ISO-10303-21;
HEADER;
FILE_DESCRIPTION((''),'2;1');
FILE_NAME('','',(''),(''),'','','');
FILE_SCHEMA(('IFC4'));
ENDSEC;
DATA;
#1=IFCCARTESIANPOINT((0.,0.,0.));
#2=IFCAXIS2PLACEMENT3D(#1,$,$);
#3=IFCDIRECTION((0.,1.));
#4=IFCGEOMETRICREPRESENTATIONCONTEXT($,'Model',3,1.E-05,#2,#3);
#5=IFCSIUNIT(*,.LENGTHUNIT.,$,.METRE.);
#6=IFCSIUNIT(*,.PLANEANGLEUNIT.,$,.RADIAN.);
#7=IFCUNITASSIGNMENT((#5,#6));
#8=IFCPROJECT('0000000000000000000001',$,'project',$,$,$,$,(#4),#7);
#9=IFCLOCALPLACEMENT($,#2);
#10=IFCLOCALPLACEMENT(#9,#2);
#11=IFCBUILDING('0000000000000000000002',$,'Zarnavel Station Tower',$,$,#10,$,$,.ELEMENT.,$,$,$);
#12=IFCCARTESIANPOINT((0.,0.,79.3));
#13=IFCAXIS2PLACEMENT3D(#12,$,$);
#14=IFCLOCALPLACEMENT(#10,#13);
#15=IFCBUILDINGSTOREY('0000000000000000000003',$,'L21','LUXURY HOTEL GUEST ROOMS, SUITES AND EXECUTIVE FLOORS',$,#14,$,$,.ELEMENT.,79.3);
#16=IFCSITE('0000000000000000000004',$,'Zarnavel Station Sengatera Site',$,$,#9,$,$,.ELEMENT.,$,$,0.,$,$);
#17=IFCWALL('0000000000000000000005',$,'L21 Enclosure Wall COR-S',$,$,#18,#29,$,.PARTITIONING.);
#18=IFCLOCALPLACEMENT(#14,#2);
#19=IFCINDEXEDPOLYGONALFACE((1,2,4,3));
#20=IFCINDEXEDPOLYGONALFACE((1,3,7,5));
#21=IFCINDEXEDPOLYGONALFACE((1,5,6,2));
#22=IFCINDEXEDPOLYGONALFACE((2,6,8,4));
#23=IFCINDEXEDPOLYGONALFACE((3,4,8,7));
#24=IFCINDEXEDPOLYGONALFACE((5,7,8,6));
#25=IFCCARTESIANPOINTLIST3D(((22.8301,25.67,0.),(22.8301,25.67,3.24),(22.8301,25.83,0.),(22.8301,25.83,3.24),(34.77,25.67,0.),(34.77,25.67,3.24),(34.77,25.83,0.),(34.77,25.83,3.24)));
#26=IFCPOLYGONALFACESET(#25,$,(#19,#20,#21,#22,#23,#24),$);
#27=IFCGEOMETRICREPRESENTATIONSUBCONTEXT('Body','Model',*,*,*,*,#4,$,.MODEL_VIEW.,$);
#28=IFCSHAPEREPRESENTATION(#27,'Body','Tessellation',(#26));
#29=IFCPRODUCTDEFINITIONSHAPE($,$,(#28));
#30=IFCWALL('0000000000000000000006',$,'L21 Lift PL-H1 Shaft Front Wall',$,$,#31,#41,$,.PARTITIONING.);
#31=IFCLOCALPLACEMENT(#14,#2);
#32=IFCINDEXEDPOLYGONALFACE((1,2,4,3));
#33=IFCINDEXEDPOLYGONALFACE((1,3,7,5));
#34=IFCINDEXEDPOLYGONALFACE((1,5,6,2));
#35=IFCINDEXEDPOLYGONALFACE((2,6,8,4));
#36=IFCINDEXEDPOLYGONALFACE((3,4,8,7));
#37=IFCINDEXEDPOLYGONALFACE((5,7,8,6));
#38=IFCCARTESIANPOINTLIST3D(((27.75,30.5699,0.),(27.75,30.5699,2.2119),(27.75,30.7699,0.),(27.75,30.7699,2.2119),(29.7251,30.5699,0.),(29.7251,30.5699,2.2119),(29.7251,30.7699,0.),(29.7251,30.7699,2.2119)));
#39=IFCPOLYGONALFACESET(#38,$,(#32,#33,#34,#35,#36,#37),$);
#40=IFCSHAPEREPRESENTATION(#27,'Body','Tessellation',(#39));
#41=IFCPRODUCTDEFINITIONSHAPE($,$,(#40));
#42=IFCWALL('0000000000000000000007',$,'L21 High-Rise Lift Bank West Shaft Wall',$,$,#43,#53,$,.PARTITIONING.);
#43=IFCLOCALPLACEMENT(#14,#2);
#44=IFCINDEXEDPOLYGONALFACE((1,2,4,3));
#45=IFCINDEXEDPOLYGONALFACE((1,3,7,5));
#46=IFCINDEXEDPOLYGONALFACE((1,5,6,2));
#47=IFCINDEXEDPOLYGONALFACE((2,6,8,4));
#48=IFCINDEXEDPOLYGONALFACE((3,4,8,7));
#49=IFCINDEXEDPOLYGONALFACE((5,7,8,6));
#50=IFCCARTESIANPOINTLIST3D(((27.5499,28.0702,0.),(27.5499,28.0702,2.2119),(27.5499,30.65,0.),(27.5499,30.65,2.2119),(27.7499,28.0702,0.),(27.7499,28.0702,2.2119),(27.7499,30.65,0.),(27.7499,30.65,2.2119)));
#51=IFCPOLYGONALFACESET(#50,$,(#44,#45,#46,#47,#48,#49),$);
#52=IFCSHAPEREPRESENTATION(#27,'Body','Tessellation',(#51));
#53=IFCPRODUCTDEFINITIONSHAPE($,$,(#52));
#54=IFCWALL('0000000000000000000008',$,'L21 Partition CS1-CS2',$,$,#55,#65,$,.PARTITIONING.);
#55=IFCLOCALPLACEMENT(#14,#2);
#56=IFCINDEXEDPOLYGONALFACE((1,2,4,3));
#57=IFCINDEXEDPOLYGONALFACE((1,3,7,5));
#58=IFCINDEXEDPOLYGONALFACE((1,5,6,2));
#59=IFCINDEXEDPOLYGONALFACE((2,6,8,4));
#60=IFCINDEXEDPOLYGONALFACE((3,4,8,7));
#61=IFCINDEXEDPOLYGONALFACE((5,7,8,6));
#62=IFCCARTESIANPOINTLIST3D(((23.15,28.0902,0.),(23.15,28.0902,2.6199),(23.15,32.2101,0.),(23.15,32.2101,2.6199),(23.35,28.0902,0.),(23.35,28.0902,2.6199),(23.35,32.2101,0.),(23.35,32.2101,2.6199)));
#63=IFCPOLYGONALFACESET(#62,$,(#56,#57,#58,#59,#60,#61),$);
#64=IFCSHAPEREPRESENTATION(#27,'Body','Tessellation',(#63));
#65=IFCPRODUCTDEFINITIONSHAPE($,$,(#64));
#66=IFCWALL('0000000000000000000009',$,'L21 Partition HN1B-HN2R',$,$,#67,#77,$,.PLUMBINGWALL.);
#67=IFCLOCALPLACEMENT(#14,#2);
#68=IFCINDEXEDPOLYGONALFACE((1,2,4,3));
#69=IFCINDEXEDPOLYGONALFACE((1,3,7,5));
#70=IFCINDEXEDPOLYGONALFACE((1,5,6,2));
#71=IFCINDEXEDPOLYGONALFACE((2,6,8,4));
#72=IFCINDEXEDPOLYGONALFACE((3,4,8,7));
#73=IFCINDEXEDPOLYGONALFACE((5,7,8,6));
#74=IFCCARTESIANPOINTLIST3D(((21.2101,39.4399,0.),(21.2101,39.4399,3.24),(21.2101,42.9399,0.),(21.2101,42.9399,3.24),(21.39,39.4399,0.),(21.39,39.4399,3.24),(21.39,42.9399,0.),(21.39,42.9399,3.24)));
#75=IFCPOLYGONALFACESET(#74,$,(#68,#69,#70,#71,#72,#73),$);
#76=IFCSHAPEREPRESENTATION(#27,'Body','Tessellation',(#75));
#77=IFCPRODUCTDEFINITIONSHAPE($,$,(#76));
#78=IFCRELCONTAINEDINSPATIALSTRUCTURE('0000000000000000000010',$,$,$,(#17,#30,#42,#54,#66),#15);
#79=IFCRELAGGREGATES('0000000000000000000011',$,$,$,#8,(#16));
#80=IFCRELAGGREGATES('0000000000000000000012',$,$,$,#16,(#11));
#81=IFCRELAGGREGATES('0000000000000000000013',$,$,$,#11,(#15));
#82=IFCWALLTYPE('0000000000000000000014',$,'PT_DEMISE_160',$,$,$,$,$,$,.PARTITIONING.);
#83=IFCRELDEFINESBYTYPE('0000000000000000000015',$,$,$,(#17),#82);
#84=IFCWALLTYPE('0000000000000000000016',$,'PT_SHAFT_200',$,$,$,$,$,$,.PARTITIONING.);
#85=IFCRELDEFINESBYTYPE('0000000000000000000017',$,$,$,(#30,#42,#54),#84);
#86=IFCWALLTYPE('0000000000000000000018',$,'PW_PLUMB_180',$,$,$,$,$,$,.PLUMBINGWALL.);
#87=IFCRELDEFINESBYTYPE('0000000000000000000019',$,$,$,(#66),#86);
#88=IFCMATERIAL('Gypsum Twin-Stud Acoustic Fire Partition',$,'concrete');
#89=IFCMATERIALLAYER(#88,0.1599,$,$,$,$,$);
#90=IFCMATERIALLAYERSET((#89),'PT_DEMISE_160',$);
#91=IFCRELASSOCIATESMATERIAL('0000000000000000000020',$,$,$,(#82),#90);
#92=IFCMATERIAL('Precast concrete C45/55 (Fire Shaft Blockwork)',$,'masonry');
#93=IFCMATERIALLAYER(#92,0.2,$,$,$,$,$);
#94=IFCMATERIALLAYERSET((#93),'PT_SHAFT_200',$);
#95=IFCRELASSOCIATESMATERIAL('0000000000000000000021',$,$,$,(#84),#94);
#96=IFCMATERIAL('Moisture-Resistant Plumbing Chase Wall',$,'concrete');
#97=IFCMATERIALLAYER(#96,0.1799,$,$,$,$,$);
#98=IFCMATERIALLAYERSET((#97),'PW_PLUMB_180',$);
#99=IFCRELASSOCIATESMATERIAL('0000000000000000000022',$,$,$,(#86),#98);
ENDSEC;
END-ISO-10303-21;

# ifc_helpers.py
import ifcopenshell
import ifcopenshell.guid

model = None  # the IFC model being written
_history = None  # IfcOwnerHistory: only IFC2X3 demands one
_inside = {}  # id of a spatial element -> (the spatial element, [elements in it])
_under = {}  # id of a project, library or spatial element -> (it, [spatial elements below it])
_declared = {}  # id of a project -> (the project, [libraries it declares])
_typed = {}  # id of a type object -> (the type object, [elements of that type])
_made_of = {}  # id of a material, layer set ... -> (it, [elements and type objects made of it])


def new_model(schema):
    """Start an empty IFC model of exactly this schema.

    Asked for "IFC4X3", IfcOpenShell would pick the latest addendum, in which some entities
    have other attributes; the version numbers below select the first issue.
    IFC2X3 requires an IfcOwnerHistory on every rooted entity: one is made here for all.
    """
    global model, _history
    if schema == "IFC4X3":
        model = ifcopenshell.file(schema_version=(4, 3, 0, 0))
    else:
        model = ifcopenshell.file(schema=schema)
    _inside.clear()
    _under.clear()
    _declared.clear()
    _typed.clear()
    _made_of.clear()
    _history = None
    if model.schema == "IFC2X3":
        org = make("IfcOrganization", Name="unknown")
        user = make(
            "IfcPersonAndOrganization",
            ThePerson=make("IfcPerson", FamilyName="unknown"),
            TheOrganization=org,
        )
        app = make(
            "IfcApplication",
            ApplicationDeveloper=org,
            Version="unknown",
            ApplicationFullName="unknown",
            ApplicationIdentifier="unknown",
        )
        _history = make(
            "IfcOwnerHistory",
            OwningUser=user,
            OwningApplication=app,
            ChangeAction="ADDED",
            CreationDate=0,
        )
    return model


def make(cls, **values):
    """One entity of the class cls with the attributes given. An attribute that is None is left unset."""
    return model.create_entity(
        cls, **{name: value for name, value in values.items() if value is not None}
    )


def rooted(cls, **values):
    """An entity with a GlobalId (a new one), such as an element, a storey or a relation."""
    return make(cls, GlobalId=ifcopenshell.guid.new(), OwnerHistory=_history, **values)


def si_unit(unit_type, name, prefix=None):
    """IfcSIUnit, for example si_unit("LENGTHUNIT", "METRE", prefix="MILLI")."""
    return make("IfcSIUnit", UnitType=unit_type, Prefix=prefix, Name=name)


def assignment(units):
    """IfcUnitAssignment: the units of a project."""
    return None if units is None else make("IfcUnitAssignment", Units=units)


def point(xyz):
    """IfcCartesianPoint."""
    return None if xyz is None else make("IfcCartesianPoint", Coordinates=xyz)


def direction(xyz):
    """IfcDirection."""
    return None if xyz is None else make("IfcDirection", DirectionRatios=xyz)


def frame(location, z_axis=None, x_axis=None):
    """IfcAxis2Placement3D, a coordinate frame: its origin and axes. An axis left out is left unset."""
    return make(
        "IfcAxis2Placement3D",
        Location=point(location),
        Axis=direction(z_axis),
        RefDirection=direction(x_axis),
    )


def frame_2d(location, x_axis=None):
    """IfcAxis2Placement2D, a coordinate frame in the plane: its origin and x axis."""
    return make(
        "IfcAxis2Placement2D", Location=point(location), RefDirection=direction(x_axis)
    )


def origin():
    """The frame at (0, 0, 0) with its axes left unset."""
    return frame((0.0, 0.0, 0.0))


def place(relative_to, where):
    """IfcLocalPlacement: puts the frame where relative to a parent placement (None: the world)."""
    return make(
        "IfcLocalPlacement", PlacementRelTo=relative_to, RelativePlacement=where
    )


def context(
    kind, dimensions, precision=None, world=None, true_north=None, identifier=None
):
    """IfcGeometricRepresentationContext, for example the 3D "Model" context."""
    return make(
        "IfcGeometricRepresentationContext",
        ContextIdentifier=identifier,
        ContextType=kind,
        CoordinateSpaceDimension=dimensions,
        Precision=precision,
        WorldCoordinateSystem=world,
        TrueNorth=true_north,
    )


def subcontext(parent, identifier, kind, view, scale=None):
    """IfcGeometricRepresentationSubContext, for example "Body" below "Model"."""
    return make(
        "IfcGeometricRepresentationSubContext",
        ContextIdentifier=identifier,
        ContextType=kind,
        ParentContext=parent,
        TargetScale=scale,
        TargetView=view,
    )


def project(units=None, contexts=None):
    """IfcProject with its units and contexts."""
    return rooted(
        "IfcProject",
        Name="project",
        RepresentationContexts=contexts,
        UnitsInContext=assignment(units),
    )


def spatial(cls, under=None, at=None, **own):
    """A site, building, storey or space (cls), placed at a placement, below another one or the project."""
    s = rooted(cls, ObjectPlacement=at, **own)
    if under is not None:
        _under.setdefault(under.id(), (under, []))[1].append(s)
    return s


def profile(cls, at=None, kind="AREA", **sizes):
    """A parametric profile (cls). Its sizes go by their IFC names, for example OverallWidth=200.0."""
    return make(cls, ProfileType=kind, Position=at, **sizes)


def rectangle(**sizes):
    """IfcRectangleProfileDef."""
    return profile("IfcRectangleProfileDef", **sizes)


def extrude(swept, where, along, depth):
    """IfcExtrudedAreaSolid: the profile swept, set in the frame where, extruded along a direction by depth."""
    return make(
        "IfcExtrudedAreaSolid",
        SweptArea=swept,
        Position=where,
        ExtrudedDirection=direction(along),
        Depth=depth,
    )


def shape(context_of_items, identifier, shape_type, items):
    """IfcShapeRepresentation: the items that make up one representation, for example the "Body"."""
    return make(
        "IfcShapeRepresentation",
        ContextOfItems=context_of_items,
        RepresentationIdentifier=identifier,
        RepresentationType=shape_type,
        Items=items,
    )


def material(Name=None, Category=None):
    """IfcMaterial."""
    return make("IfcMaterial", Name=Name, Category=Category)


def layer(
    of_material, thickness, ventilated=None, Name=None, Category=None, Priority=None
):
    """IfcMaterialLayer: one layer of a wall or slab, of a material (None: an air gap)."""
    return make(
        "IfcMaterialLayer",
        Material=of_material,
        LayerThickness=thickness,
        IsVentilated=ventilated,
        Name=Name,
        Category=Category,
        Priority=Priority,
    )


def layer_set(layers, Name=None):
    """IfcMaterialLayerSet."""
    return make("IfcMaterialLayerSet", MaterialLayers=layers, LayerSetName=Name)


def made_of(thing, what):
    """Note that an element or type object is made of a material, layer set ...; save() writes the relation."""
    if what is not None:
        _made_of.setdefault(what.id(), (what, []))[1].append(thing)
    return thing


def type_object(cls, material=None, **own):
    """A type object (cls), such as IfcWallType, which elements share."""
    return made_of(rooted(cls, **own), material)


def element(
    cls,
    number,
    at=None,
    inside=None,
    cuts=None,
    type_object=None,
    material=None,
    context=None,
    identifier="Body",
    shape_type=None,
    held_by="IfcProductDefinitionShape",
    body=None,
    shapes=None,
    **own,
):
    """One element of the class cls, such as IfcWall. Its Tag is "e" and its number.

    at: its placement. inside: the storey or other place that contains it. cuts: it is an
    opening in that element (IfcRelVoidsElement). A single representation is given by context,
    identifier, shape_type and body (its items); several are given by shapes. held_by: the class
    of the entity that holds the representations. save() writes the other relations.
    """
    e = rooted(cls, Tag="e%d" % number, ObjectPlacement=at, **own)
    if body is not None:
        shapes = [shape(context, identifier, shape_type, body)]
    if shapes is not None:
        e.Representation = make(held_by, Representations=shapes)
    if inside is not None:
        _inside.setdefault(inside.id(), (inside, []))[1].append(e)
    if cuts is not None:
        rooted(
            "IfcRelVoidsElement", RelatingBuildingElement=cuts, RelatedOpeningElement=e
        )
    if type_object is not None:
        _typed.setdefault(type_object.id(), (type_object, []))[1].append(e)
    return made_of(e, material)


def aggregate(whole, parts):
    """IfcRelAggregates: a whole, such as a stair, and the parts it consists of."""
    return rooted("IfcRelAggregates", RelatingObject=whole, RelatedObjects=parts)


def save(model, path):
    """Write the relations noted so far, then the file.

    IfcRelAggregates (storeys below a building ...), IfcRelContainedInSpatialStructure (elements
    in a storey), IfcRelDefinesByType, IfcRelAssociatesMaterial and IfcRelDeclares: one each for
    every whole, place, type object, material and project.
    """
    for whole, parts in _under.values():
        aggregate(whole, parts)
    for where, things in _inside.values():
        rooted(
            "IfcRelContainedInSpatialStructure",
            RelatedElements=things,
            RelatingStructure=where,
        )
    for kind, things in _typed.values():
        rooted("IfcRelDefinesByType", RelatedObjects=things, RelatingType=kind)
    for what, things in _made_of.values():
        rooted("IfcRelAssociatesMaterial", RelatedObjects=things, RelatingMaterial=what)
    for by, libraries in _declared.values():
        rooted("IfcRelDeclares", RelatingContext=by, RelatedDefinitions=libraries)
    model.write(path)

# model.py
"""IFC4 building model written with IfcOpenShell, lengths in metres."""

from ifc_helpers import new_model, si_unit, direction, frame, frame_2d, origin, place, context, subcontext, project, spatial, rectangle, extrude, material, layer, layer_set, type_object, element, save


model = new_model("IFC4")

# Units and contexts
model_context = context("Model", 3, precision=1e-05, world=origin(), true_north=direction((0.0, 1.0)))
body_context = subcontext(model_context, "Body", "Model", "MODEL_VIEW")
ifc_project = project(units=[si_unit("LENGTHUNIT", "METRE"), si_unit("PLANEANGLEUNIT", "RADIAN")], contexts=[model_context])

# Site, building, storey
site_placement = place(None, origin())
site = spatial("IfcSite", under=ifc_project, at=site_placement, Name="Zarnavel Station Sengatera Site", CompositionType="ELEMENT", RefElevation=0.0)
building_placement = place(site_placement, origin())
building = spatial("IfcBuilding", under=site, at=building_placement, Name="Zarnavel Station Tower", CompositionType="ELEMENT")
storey_placement = place(building_placement, frame((0.0, 0.0, 79.3)))
storey = spatial("IfcBuildingStorey", under=building, at=storey_placement, Name="L21", Description="LUXURY HOTEL GUEST ROOMS, SUITES AND EXECUTIVE FLOORS", CompositionType="ELEMENT", Elevation=79.3)

# Shared definitions
ifc_material_1 = material(Name="Gypsum Twin-Stud Acoustic Fire Partition", Category="concrete")
ifc_layer_1 = layer(ifc_material_1, 0.1599)
ifc_layer_set_1 = layer_set([ifc_layer_1], Name="PT_DEMISE_160")
wall_type_1 = type_object("IfcWallType", Name="PT_DEMISE_160", PredefinedType="PARTITIONING", material=ifc_layer_set_1)

# Walls
wall_1_placement = place(storey_placement, frame((22.8301, 25.75, 0.0), z_axis=(0.0, 0.0, 1.0), x_axis=(1.0, 0.0, 0.0)))
element("IfcWall", 1, at=wall_1_placement, inside=storey, type_object=wall_type_1, Name="L21 Enclosure Wall COR-S", PredefinedType="PARTITIONING", context=body_context, shape_type="SweptSolid", body=[
    extrude(rectangle(XDim=11.9399, YDim=0.1599, at=frame_2d((5.97, 0.0))), origin(), (0.0, 0.0, 1.0), 3.24),
])
ifc_material_2 = material(Name="Precast concrete C45/55 (Fire Shaft Blockwork)", Category="masonry")
ifc_layer_2 = layer(ifc_material_2, 0.2)
ifc_layer_set_2 = layer_set([ifc_layer_2], Name="PT_SHAFT_200")
wall_type_2 = type_object("IfcWallType", Name="PT_SHAFT_200", PredefinedType="PARTITIONING", material=ifc_layer_set_2)
wall_2_placement = place(storey_placement, frame((27.75, 30.6699, 0.0), z_axis=(0.0, 0.0, 1.0), x_axis=(1.0, 0.0, 0.0)))
element("IfcWall", 2, at=wall_2_placement, inside=storey, type_object=wall_type_2, Name="L21 Lift PL-H1 Shaft Front Wall", PredefinedType="PARTITIONING", context=body_context, shape_type="SweptSolid", body=[
    extrude(rectangle(XDim=1.9751, YDim=0.2, at=frame_2d((0.9875, 0.0))), origin(), (0.0, 0.0, 1.0), 2.2119),
])
wall_3_placement = place(storey_placement, frame((27.6499, 28.0701, 0.0), z_axis=(0.0, 0.0, 1.0), x_axis=(0.0, 1.0, 0.0)))
element("IfcWall", 3, at=wall_3_placement, inside=storey, type_object=wall_type_2, Name="L21 High-Rise Lift Bank West Shaft Wall", PredefinedType="PARTITIONING", context=body_context, shape_type="SweptSolid", body=[
    extrude(rectangle(XDim=2.5798, YDim=0.2, at=frame_2d((1.29, 0.0))), origin(), (0.0, 0.0, 1.0), 2.2119),
])

# Walls
wall_4_placement = place(storey_placement, frame((23.25, 28.0901, 0.0), z_axis=(0.0, 0.0, 1.0), x_axis=(0.0, 1.0, 0.0)))
element("IfcWall", 4, at=wall_4_placement, inside=storey, type_object=wall_type_2, Name="L21 Partition CS1-CS2", PredefinedType="PARTITIONING", context=body_context, shape_type="SweptSolid", body=[
    extrude(rectangle(XDim=4.1199, YDim=0.2, at=frame_2d((2.0601, 0.0))), origin(), (0.0, 0.0, 1.0), 2.6199),
])
ifc_material_3 = material(Name="Moisture-Resistant Plumbing Chase Wall", Category="concrete")
ifc_layer_3 = layer(ifc_material_3, 0.1799)
ifc_layer_set_3 = layer_set([ifc_layer_3], Name="PW_PLUMB_180")
wall_type_3 = type_object("IfcWallType", Name="PW_PLUMB_180", PredefinedType="PLUMBINGWALL", material=ifc_layer_set_3)
wall_5_placement = place(storey_placement, frame((21.3, 39.4399, 0.0), z_axis=(0.0, 0.0, 1.0), x_axis=(0.0, 1.0, 0.0)))
element("IfcWall", 5, at=wall_5_placement, inside=storey, type_object=wall_type_3, Name="L21 Partition HN1B-HN2R", PredefinedType="PLUMBINGWALL", context=body_context, shape_type="SweptSolid", body=[
    extrude(rectangle(XDim=3.5, YDim=0.1799, at=frame_2d((1.75, 0.0))), origin(), (0.0, 0.0, 1.0), 3.24),
])

save(model, "model.ifc")
